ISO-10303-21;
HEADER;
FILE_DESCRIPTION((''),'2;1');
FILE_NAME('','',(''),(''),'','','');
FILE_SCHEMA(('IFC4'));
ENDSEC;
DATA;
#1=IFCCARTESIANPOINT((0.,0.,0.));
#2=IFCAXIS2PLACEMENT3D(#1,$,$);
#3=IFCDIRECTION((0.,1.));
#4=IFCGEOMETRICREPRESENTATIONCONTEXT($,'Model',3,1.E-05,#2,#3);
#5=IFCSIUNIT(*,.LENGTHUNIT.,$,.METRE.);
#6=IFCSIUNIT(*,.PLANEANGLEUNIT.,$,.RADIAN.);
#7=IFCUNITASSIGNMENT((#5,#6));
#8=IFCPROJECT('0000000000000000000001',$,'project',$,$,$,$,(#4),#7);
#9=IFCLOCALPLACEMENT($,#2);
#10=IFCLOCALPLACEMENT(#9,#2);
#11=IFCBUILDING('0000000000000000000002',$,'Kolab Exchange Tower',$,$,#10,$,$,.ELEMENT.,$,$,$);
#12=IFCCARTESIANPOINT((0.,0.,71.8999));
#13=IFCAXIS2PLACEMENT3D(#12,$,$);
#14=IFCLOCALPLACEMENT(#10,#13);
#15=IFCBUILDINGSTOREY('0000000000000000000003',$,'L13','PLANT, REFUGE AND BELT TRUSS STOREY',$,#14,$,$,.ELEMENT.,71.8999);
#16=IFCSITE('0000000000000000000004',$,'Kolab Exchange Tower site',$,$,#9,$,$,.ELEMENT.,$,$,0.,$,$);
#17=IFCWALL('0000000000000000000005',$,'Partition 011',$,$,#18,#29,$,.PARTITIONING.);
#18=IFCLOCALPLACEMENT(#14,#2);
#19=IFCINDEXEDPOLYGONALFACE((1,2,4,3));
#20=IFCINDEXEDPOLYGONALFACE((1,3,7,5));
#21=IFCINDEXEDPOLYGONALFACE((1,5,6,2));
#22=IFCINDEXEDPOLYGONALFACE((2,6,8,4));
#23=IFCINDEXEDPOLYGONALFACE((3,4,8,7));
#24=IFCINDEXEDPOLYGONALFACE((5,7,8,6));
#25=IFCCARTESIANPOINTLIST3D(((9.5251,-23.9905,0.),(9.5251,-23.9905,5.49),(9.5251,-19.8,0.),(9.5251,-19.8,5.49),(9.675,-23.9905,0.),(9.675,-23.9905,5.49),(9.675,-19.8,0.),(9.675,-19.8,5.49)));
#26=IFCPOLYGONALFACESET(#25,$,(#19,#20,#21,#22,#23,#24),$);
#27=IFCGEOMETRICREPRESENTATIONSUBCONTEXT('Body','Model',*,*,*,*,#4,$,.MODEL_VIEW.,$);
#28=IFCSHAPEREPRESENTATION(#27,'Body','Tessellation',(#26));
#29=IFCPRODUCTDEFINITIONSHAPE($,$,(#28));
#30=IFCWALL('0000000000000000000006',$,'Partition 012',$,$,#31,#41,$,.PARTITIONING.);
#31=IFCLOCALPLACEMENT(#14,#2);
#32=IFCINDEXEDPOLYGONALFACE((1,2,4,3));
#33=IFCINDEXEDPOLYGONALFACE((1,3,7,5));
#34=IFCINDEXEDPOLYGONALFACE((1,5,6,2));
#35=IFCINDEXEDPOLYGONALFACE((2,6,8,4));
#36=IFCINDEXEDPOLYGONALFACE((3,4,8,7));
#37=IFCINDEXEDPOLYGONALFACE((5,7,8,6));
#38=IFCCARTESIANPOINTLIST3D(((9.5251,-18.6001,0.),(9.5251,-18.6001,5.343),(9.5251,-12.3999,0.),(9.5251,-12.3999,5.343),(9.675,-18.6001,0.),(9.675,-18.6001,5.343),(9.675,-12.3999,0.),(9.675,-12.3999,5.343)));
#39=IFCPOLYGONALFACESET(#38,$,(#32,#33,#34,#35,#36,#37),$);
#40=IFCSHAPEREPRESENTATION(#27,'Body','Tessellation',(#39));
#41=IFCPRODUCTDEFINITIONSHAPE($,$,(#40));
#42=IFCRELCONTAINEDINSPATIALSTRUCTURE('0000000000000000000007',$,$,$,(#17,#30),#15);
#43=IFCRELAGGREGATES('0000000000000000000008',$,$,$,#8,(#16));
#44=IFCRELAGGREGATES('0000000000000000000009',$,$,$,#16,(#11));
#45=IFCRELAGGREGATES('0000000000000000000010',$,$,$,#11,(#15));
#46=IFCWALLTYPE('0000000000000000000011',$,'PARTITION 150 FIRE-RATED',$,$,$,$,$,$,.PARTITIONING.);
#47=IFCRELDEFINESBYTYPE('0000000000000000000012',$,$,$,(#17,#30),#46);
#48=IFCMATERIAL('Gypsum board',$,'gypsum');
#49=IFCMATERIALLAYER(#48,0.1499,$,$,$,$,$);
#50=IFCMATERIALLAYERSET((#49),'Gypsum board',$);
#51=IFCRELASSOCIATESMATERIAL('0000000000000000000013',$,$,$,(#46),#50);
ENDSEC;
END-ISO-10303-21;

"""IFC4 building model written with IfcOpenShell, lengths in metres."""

from ifc_helpers import new_model, si_unit, direction, frame, frame_2d, origin, place, context, subcontext, project, spatial, rectangle, extrude, material, layer, layer_set, type_object, element, save


model = new_model("IFC4")

# Units and contexts
model_context = context("Model", 3, precision=1e-05, world=origin(), true_north=direction((0.0, 1.0)))
body_context = subcontext(model_context, "Body", "Model", "MODEL_VIEW")
ifc_project = project(units=[si_unit("LENGTHUNIT", "METRE"), si_unit("PLANEANGLEUNIT", "RADIAN")], contexts=[model_context])

# Site, building, storey
site_placement = place(None, origin())
site = spatial("IfcSite", under=ifc_project, at=site_placement, Name="Kolab Exchange Tower site", CompositionType="ELEMENT", RefElevation=0.0)
building_placement = place(site_placement, origin())
building = spatial("IfcBuilding", under=site, at=building_placement, Name="Kolab Exchange Tower", CompositionType="ELEMENT")
storey_placement = place(building_placement, frame((0.0, 0.0, 71.8999)))
storey = spatial("IfcBuildingStorey", under=building, at=storey_placement, Name="L13", Description="PLANT, REFUGE AND BELT TRUSS STOREY", CompositionType="ELEMENT", Elevation=71.8999)

# Shared definitions
ifc_material_1 = material(Name="Gypsum board", Category="gypsum")
ifc_layer_1 = layer(ifc_material_1, 0.1499)
ifc_layer_set_1 = layer_set([ifc_layer_1], Name="Gypsum board")
wall_type_1 = type_object("IfcWallType", Name="PARTITION 150 FIRE-RATED", PredefinedType="PARTITIONING", material=ifc_layer_set_1)

# Walls
wall_1_placement = place(storey_placement, frame((9.6001, -23.9905, 0.0), z_axis=(0.0, 0.0, 1.0), x_axis=(0.0, 1.0, 0.0)))
element("IfcWall", 1, at=wall_1_placement, inside=storey, type_object=wall_type_1, Name="Partition 011", PredefinedType="PARTITIONING", context=body_context, shape_type="SweptSolid", body=[
    extrude(rectangle(XDim=4.1904, YDim=0.1499, at=frame_2d((2.0952, 0.0))), origin(), (0.0, 0.0, 1.0), 5.49),
])
wall_2_placement = place(storey_placement, frame((9.6001, -18.6001, 0.0), z_axis=(0.0, 0.0, 1.0), x_axis=(0.0, 1.0, 0.0)))
element("IfcWall", 2, at=wall_2_placement, inside=storey, type_object=wall_type_1, Name="Partition 012", PredefinedType="PARTITIONING", context=body_context, shape_type="SweptSolid", body=[
    extrude(rectangle(XDim=6.2002, YDim=0.1499, at=frame_2d((3.1001, 0.0))), origin(), (0.0, 0.0, 1.0), 5.343),
])

save(model, "model.ifc")
